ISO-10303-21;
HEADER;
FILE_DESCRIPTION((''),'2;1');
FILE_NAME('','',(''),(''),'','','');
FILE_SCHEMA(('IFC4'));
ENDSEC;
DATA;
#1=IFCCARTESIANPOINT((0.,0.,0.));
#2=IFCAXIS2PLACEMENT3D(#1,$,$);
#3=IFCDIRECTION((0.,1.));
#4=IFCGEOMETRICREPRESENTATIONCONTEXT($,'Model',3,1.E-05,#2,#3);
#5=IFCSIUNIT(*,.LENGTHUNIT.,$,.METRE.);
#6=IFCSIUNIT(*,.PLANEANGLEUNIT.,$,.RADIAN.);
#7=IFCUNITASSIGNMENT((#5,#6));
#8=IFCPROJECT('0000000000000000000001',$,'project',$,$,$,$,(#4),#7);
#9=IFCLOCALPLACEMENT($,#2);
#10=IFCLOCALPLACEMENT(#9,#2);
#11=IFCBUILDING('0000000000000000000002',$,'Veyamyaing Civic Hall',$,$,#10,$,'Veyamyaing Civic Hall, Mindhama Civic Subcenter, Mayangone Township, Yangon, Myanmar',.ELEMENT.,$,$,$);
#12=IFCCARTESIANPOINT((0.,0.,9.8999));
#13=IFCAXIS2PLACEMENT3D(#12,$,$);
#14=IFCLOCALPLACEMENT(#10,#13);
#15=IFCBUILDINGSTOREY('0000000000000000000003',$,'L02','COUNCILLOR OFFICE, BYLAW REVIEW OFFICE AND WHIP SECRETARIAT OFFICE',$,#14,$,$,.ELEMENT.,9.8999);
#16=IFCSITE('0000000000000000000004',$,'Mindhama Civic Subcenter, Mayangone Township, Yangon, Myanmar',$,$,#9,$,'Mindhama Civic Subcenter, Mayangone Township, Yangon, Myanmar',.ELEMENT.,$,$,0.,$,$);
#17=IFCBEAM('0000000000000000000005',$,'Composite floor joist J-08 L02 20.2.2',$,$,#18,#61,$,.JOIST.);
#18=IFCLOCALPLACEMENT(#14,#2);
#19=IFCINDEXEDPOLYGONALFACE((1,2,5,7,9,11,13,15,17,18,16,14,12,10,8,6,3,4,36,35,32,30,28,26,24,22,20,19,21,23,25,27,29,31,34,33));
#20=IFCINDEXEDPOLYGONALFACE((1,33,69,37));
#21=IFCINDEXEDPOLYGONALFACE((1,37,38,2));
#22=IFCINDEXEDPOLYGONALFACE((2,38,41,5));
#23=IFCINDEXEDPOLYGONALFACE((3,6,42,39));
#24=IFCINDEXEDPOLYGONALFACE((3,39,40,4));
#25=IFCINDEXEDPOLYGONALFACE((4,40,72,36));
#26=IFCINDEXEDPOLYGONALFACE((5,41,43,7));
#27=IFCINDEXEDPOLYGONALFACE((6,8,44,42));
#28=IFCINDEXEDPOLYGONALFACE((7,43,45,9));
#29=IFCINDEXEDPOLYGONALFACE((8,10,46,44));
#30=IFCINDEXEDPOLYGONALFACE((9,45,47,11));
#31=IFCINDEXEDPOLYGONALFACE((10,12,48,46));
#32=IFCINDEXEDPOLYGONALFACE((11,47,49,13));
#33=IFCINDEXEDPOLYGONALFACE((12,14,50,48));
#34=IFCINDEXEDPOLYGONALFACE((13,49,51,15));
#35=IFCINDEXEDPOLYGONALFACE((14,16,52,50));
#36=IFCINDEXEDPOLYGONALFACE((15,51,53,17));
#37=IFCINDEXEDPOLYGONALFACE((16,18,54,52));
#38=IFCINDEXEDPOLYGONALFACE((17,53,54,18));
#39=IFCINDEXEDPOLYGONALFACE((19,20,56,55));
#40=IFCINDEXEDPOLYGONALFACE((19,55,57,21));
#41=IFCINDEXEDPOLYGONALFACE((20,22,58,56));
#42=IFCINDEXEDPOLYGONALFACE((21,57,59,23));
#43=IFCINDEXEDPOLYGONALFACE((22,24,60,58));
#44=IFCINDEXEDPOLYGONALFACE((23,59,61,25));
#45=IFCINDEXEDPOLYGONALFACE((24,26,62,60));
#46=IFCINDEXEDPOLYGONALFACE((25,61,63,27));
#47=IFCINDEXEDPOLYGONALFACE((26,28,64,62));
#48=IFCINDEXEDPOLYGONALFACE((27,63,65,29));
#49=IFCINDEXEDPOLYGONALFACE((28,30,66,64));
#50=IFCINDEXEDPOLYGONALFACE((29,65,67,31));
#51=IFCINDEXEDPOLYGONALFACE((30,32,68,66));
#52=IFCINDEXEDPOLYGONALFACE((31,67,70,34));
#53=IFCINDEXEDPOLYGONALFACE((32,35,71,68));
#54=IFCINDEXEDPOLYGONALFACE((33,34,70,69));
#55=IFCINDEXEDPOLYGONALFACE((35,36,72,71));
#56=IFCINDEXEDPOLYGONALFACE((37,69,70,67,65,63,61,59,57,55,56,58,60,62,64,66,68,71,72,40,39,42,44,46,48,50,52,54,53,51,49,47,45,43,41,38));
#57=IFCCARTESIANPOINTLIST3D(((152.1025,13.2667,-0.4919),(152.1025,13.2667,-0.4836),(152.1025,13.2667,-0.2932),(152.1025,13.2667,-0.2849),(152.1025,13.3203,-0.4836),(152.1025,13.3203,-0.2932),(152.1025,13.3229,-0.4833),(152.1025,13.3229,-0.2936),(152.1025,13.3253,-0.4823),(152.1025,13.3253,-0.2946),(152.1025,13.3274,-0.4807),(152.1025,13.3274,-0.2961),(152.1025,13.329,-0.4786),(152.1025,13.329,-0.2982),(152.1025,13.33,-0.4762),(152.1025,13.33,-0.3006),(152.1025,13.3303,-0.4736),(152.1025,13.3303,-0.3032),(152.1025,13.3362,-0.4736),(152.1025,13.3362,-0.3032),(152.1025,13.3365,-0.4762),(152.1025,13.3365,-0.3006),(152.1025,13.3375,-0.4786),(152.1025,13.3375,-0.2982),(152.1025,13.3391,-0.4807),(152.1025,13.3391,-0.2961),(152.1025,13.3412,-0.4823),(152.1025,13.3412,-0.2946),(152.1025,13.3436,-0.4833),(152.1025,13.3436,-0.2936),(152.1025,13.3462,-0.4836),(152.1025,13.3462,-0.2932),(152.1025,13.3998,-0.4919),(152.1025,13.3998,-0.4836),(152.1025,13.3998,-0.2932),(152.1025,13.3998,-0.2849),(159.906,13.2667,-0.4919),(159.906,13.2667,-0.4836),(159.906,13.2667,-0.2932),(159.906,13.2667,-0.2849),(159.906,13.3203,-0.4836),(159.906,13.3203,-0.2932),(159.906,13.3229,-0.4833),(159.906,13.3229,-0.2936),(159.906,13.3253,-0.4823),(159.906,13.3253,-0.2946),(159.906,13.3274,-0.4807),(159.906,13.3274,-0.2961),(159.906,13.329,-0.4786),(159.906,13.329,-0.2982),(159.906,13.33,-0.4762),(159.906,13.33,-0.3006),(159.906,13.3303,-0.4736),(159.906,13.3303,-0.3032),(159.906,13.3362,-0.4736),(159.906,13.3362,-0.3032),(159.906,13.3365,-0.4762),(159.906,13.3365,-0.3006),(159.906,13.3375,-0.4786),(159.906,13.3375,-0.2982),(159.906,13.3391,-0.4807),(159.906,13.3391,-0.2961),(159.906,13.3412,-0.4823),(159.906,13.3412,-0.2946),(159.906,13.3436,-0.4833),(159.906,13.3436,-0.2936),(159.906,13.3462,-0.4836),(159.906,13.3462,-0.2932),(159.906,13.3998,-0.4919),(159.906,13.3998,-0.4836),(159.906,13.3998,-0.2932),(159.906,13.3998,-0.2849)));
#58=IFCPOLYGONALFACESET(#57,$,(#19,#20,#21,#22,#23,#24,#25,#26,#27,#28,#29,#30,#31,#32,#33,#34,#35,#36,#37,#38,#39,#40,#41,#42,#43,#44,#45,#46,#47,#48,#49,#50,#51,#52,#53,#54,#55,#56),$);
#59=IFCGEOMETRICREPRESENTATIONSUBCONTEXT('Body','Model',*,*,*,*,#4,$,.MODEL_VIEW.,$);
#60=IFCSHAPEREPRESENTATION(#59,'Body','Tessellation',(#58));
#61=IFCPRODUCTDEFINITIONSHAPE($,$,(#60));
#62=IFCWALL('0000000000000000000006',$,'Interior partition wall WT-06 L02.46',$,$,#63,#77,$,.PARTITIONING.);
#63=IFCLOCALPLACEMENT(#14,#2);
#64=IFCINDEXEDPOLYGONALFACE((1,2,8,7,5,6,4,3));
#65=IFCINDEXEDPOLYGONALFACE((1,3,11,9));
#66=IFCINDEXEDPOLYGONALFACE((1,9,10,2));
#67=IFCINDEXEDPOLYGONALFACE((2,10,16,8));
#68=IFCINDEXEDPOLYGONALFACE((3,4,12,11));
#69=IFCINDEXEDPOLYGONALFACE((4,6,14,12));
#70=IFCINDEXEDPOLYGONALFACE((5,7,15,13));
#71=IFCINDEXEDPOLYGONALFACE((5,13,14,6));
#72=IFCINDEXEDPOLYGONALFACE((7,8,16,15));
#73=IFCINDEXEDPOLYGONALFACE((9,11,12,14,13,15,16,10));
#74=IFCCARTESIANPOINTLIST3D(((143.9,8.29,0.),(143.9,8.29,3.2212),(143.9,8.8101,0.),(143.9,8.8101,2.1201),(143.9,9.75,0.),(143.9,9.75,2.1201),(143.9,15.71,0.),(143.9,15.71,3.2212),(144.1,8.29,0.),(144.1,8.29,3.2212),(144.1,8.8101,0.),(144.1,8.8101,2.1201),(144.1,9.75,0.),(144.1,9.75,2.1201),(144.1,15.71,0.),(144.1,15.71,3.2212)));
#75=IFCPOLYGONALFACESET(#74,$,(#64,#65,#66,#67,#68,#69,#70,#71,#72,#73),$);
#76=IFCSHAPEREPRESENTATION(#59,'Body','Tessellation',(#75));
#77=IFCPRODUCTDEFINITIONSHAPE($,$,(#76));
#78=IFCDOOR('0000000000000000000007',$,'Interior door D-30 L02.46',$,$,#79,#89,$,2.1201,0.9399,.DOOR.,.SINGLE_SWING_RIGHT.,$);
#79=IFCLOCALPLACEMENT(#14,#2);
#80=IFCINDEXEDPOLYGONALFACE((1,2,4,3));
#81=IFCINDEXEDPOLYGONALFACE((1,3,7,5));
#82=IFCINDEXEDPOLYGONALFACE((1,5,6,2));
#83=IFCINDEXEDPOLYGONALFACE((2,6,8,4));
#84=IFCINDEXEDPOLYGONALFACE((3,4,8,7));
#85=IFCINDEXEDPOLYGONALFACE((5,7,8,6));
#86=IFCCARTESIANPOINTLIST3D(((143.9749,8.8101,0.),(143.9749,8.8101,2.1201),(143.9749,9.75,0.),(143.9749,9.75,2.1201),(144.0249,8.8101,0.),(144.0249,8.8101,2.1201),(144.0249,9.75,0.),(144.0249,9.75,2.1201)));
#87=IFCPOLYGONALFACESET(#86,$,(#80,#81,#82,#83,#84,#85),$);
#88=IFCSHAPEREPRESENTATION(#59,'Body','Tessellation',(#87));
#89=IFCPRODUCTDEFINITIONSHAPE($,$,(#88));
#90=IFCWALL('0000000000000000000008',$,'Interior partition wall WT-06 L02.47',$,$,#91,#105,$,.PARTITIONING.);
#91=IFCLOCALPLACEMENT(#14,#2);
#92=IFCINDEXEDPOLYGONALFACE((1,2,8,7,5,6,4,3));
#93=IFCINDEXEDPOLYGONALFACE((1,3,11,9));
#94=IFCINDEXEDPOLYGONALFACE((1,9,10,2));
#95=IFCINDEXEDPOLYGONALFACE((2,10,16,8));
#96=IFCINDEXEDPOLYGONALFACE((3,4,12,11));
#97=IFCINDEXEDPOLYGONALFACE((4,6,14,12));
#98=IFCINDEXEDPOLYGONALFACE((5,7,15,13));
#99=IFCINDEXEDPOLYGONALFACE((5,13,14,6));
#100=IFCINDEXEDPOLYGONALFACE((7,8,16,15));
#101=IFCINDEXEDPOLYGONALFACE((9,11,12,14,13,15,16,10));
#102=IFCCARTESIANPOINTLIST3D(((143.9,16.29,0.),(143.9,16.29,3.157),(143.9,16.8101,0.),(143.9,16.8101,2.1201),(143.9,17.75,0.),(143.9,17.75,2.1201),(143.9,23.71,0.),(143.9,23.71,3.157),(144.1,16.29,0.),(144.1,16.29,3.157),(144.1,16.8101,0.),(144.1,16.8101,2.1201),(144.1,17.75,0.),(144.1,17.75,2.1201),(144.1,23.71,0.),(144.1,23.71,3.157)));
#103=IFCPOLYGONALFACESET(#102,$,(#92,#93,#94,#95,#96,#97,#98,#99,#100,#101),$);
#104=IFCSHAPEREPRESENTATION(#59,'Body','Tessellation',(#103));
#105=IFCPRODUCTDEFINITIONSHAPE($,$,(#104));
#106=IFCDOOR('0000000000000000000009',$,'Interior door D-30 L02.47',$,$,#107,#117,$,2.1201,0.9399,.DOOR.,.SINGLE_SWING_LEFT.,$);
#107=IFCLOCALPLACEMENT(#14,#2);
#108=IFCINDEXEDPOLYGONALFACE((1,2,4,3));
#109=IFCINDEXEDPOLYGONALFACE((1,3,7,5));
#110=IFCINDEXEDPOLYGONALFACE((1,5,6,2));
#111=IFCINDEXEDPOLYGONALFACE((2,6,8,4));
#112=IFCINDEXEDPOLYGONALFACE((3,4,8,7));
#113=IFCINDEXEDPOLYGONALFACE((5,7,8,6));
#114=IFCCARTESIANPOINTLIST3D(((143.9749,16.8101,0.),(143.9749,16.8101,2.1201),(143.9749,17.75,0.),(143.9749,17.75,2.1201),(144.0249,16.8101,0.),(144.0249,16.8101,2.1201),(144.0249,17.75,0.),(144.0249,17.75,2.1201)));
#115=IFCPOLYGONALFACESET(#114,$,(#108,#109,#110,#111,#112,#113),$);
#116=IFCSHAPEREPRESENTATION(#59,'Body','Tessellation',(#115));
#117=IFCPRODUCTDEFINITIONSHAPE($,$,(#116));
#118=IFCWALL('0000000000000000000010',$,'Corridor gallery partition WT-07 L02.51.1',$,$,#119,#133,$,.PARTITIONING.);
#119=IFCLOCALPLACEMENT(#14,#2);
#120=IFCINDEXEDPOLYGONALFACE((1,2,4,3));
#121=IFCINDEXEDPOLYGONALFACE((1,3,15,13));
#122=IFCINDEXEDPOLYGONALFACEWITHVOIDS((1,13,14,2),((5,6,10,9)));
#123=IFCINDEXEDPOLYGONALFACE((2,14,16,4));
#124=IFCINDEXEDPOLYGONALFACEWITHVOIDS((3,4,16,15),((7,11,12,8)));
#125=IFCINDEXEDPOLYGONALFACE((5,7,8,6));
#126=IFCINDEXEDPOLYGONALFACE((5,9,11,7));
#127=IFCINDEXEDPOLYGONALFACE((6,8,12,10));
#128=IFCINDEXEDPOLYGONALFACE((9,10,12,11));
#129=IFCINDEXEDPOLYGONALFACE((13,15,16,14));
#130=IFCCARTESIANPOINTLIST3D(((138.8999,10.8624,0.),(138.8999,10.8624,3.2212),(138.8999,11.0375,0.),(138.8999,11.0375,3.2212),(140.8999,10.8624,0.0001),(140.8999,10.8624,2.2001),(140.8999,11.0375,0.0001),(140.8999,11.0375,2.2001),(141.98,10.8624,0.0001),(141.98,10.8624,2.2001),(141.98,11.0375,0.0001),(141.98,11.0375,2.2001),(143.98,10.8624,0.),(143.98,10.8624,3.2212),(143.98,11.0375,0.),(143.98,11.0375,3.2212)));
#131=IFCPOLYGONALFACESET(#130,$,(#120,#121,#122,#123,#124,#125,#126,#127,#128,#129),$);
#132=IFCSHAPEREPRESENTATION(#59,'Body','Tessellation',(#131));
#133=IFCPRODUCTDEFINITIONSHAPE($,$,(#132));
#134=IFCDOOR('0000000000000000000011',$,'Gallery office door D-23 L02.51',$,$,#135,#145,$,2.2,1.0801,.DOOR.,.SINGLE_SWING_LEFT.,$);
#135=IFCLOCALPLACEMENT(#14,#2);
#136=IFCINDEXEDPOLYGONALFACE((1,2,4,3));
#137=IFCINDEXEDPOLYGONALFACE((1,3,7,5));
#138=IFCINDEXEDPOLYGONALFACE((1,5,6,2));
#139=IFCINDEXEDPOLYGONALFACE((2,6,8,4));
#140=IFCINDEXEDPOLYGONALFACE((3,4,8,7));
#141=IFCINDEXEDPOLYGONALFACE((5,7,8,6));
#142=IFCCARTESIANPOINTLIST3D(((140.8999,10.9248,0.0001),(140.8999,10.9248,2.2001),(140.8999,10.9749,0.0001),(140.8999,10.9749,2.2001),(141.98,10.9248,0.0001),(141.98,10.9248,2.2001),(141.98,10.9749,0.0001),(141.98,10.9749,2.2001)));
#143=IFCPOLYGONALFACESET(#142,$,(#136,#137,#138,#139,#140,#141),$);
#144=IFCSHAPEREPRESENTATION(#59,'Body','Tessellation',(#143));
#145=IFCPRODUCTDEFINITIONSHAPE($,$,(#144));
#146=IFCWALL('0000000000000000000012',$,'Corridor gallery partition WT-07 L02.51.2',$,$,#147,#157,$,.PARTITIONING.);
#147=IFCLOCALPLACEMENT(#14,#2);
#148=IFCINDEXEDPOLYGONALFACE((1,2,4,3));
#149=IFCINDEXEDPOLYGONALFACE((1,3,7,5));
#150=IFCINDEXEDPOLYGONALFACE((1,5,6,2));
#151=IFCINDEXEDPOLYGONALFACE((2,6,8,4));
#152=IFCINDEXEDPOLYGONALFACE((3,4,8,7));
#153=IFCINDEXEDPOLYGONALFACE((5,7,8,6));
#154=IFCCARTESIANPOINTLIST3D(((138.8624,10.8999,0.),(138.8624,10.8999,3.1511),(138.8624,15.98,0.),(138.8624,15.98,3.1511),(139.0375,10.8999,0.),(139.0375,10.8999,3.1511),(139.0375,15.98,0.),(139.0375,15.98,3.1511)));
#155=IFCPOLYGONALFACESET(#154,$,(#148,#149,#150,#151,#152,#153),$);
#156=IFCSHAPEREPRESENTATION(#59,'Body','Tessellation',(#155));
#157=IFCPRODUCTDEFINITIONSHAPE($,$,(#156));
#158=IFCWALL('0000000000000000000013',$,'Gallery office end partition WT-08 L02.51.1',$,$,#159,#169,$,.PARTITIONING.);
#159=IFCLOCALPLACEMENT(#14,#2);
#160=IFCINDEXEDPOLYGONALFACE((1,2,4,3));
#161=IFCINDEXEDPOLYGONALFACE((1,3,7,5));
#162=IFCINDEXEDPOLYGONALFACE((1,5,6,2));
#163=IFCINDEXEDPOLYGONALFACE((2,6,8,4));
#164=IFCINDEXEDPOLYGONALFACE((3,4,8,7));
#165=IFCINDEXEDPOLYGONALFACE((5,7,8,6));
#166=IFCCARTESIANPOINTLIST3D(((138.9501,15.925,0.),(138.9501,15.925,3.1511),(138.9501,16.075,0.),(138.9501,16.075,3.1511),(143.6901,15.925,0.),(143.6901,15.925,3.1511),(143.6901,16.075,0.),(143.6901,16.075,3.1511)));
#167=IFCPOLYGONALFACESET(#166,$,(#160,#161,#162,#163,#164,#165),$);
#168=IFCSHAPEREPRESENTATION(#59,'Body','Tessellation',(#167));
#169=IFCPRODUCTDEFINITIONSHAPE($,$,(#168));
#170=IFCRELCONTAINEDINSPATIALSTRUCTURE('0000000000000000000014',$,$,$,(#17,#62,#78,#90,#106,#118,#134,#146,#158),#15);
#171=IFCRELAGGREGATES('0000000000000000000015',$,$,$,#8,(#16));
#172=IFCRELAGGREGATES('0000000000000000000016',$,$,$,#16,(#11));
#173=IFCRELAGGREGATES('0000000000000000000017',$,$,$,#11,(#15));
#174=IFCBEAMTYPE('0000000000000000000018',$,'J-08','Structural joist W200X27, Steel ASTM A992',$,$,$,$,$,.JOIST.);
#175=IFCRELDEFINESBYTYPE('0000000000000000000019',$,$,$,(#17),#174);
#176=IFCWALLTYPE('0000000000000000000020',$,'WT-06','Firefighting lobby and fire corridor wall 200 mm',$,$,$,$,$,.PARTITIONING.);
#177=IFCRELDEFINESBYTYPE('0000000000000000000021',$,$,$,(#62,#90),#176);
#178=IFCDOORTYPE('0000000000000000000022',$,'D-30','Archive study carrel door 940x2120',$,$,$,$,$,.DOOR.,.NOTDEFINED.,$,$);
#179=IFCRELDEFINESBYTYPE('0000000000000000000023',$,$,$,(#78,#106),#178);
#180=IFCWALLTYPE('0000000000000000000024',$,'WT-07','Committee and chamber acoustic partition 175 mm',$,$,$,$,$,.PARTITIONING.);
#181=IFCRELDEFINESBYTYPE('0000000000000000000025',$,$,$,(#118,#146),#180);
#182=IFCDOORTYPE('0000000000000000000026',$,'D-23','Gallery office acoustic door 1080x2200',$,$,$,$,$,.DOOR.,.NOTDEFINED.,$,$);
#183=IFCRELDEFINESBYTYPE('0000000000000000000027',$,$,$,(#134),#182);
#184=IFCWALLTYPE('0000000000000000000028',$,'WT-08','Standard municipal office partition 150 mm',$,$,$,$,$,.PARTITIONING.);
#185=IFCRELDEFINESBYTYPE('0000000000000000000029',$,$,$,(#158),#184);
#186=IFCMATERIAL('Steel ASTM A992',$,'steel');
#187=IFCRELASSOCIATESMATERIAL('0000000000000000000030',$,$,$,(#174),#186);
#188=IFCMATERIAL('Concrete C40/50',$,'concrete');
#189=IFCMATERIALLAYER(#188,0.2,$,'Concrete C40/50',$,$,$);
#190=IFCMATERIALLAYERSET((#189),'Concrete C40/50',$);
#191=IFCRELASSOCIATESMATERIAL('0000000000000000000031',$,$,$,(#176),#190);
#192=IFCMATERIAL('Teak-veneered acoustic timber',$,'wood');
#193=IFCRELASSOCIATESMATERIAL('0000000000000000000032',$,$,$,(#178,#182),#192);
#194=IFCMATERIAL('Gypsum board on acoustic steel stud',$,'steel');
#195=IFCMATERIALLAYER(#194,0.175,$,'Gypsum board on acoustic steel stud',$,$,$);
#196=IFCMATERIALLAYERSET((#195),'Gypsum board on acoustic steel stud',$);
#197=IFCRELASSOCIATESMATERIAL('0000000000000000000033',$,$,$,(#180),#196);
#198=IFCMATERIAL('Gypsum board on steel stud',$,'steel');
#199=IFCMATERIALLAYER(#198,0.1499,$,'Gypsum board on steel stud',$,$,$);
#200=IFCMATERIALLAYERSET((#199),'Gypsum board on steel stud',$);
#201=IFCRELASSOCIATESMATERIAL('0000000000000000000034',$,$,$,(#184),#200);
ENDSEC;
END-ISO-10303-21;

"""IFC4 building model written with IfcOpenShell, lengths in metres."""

from ifc_helpers import new_model, si_unit, direction, frame, frame_2d, origin, origin_2d, place, context, subcontext, project, spatial, rectangle, i_section, extrude, material, layer, layer_set, material_profile, profile_set, type_object, element, fill, save


model = new_model("IFC4")

# Units and contexts
model_context = context("Model", 3, precision=1e-05, world=origin(), true_north=direction((0.0, 1.0)))
body_context = subcontext(model_context, "Body", "Model", "MODEL_VIEW")
ifc_project = project(units=[si_unit("LENGTHUNIT", "METRE"), si_unit("PLANEANGLEUNIT", "RADIAN")], contexts=[model_context])

# Site, building, storey
site_placement = place(None, origin())
site = spatial("IfcSite", under=ifc_project, at=site_placement, Name="Mindhama Civic Subcenter, Mayangone Township, Yangon, Myanmar", LongName="Mindhama Civic Subcenter, Mayangone Township, Yangon, Myanmar", CompositionType="ELEMENT", RefElevation=0.0)
building_placement = place(site_placement, origin())
building = spatial("IfcBuilding", under=site, at=building_placement, Name="Veyamyaing Civic Hall", LongName="Veyamyaing Civic Hall, Mindhama Civic Subcenter, Mayangone Township, Yangon, Myanmar", CompositionType="ELEMENT")
storey_placement = place(building_placement, frame((0.0, 0.0, 9.8999)))
storey = spatial("IfcBuildingStorey", under=building, at=storey_placement, Name="L02", Description="COUNCILLOR OFFICE, BYLAW REVIEW OFFICE AND WHIP SECRETARIAT OFFICE", CompositionType="ELEMENT", Elevation=9.8999)

# Beam
ifc_material_1 = material(Name="Steel ASTM A992", Category="steel")
ifc_material_profile_1 = material_profile(ifc_material_1, i_section(OverallWidth=0.1331, OverallDepth=0.207, WebThickness=0.0059, FlangeThickness=0.0083, FilletRadius=0.01, at=origin_2d()), Name="W200X27")
ifc_profile_set_1 = profile_set([ifc_material_profile_1], Name="Steel ASTM A992")
beam_type_1 = type_object("IfcBeamType", Name="J-08", Description="Structural joist W200X27, Steel ASTM A992", PredefinedType="JOIST", material=ifc_profile_set_1)
for number, where, z_axis, x_axis, name in (
    (1, (152.1025, 13.3333, -0.3884), (1.0, 0.0, 0.0), (0.0, 1.0, 0.0), "Composite floor joist J-08 L02 20.2.2"),
):
    element("IfcBeam", number, at=place(storey_placement, frame(where, z_axis=z_axis, x_axis=x_axis)), inside=storey, type_object=beam_type_1, Name=name, PredefinedType="JOIST", context=body_context, shape_type="SweptSolid", body=[
        extrude(i_section(OverallWidth=0.1331, OverallDepth=0.207, WebThickness=0.0059, FlangeThickness=0.0083, FilletRadius=0.01, at=origin_2d()), origin(), (0.0, 0.0, 1.0), 7.8035),
    ])

# Walls, openings, doors
ifc_material_2 = material(Name="Concrete C40/50", Category="concrete")
ifc_layer_1 = layer(ifc_material_2, 0.2, Name="Concrete C40/50")
ifc_layer_set_1 = layer_set([ifc_layer_1], Name="Concrete C40/50")
wall_type_1 = type_object("IfcWallType", Name="WT-06", Description="Firefighting lobby and fire corridor wall 200 mm", PredefinedType="PARTITIONING", material=ifc_layer_set_1)
wall_1_placement = place(storey_placement, frame((144.0, 8.29, 0.0), z_axis=(0.0, 0.0, 1.0), x_axis=(0.0, 1.0, 0.0)))
wall_1 = element("IfcWall", 2, at=wall_1_placement, inside=storey, type_object=wall_type_1, Name="Interior partition wall WT-06 L02.46", PredefinedType="PARTITIONING", context=body_context, shape_type="SweptSolid", body=[
    extrude(rectangle(XDim=7.4199, YDim=0.2, at=frame_2d((3.71, 0.0))), origin(), (0.0, 0.0, 1.0), 3.2212),
])
opening_1_placement = place(wall_1_placement, frame((0.52, 0.0, 0.0)))
opening_1 = element("IfcOpeningElement", 3, at=opening_1_placement, cuts=wall_1, PredefinedType="OPENING", context=body_context, shape_type="SweptSolid", body=[
    extrude(rectangle(XDim=0.9399, YDim=2.1201, at=frame_2d((0.47, 1.0601))), frame((0.0, 0.1099, 0.0), z_axis=(0.0, -1.0, 0.0), x_axis=(1.0, 0.0, 0.0)), (0.0, 0.0, 1.0), 0.22),
])
ifc_material_3 = material(Name="Teak-veneered acoustic timber", Category="wood")
door_type_1 = type_object("IfcDoorType", Name="D-30", Description="Archive study carrel door 940x2120", OperationType="NOTDEFINED", PredefinedType="DOOR", material=ifc_material_3)
door_1_placement = place(opening_1_placement, frame((0.9399, 0.0, 0.0), z_axis=(0.0, 0.0, 1.0), x_axis=(-1.0, 0.0, 0.0)))
door_1 = element("IfcDoor", 4, at=door_1_placement, inside=storey, type_object=door_type_1, Name="Interior door D-30 L02.46", OperationType="SINGLE_SWING_RIGHT", OverallHeight=2.1201, OverallWidth=0.9399, PredefinedType="DOOR", context=body_context, shape_type="SweptSolid", body=[
    extrude(rectangle(XDim=0.9399, YDim=2.1201, at=frame_2d((0.47, 1.0601))), frame((0.0, 0.0249, 0.0), z_axis=(0.0, -1.0, 0.0), x_axis=(1.0, 0.0, 0.0)), (0.0, 0.0, 1.0), 0.05),
])
fill(opening_1, door_1)
wall_2_placement = place(storey_placement, frame((144.0, 16.29, 0.0), z_axis=(0.0, 0.0, 1.0), x_axis=(0.0, 1.0, 0.0)))
wall_2 = element("IfcWall", 5, at=wall_2_placement, inside=storey, type_object=wall_type_1, Name="Interior partition wall WT-06 L02.47", PredefinedType="PARTITIONING", context=body_context, shape_type="SweptSolid", body=[
    extrude(rectangle(XDim=7.4199, YDim=0.2, at=frame_2d((3.71, 0.0))), origin(), (0.0, 0.0, 1.0), 3.157),
])
opening_2_placement = place(wall_2_placement, frame((0.52, 0.0, 0.0)))
opening_2 = element("IfcOpeningElement", 6, at=opening_2_placement, cuts=wall_2, PredefinedType="OPENING", context=body_context, shape_type="SweptSolid", body=[
    extrude(rectangle(XDim=0.9399, YDim=2.1201, at=frame_2d((0.47, 1.0601))), frame((0.0, 0.1099, 0.0), z_axis=(0.0, -1.0, 0.0), x_axis=(1.0, 0.0, 0.0)), (0.0, 0.0, 1.0), 0.22),
])
door_2_placement = place(opening_2_placement, frame((0.9399, 0.0, 0.0), z_axis=(0.0, 0.0, 1.0), x_axis=(-1.0, 0.0, 0.0)))
door_2 = element("IfcDoor", 7, at=door_2_placement, inside=storey, type_object=door_type_1, Name="Interior door D-30 L02.47", OperationType="SINGLE_SWING_LEFT", OverallHeight=2.1201, OverallWidth=0.9399, PredefinedType="DOOR", context=body_context, shape_type="SweptSolid", body=[
    extrude(rectangle(XDim=0.9399, YDim=2.1201, at=frame_2d((0.47, 1.0601))), frame((0.0, 0.0249, 0.0), z_axis=(0.0, -1.0, 0.0), x_axis=(1.0, 0.0, 0.0)), (0.0, 0.0, 1.0), 0.05),
])
fill(opening_2, door_2)
ifc_material_4 = material(Name="Gypsum board on acoustic steel stud", Category="steel")
ifc_layer_2 = layer(ifc_material_4, 0.175, Name="Gypsum board on acoustic steel stud")
ifc_layer_set_2 = layer_set([ifc_layer_2], Name="Gypsum board on acoustic steel stud")
wall_type_2 = type_object("IfcWallType", Name="WT-07", Description="Committee and chamber acoustic partition 175 mm", PredefinedType="PARTITIONING", material=ifc_layer_set_2)
wall_3_placement = place(storey_placement, frame((138.8999, 10.95, 0.0), z_axis=(0.0, 0.0, 1.0), x_axis=(1.0, 0.0, 0.0)))
wall_3 = element("IfcWall", 8, at=wall_3_placement, inside=storey, type_object=wall_type_2, Name="Corridor gallery partition WT-07 L02.51.1", PredefinedType="PARTITIONING", context=body_context, shape_type="SweptSolid", body=[
    extrude(rectangle(XDim=5.0801, YDim=0.175, at=frame_2d((2.54, 0.0))), origin(), (0.0, 0.0, 1.0), 3.2212),
])
opening_3_placement = place(wall_3_placement, frame((2.0, 0.0, 0.0)))
opening_3 = element("IfcOpeningElement", 9, at=opening_3_placement, cuts=wall_3, PredefinedType="OPENING", context=body_context, shape_type="SweptSolid", body=[
    extrude(rectangle(XDim=1.0801, YDim=2.2, at=frame_2d((0.54, 1.1001))), frame((0.0, 0.0974, 0.0), z_axis=(0.0, -1.0, 0.0), x_axis=(1.0, 0.0, 0.0)), (0.0, 0.0, 1.0), 0.1951),
])
door_type_2 = type_object("IfcDoorType", Name="D-23", Description="Gallery office acoustic door 1080x2200", OperationType="NOTDEFINED", PredefinedType="DOOR", material=ifc_material_3)
door_3_placement = place(opening_3_placement, origin())
door_3 = element("IfcDoor", 10, at=door_3_placement, inside=storey, type_object=door_type_2, Name="Gallery office door D-23 L02.51", OperationType="SINGLE_SWING_LEFT", OverallHeight=2.2, OverallWidth=1.0801, PredefinedType="DOOR", context=body_context, shape_type="SweptSolid", body=[
    extrude(rectangle(XDim=1.0801, YDim=2.2, at=frame_2d((0.54, 1.1001))), frame((0.0, 0.0249, 0.0), z_axis=(0.0, -1.0, 0.0), x_axis=(1.0, 0.0, 0.0)), (0.0, 0.0, 1.0), 0.05),
])
fill(opening_3, door_3)

# Walls
wall_4_placement = place(storey_placement, frame((138.95, 10.8999, 0.0), z_axis=(0.0, 0.0, 1.0), x_axis=(0.0, 1.0, 0.0)))
element("IfcWall", 11, at=wall_4_placement, inside=storey, type_object=wall_type_2, Name="Corridor gallery partition WT-07 L02.51.2", PredefinedType="PARTITIONING", context=body_context, shape_type="SweptSolid", body=[
    extrude(rectangle(XDim=5.0801, YDim=0.175, at=frame_2d((2.54, 0.0))), origin(), (0.0, 0.0, 1.0), 3.1511),
])
ifc_material_5 = material(Name="Gypsum board on steel stud", Category="steel")
ifc_layer_3 = layer(ifc_material_5, 0.1499, Name="Gypsum board on steel stud")
ifc_layer_set_3 = layer_set([ifc_layer_3], Name="Gypsum board on steel stud")
wall_type_3 = type_object("IfcWallType", Name="WT-08", Description="Standard municipal office partition 150 mm", PredefinedType="PARTITIONING", material=ifc_layer_set_3)
wall_5_placement = place(storey_placement, frame((138.95, 16.0, 0.0), z_axis=(0.0, 0.0, 1.0), x_axis=(1.0, 0.0, 0.0)))
element("IfcWall", 12, at=wall_5_placement, inside=storey, type_object=wall_type_3, Name="Gallery office end partition WT-08 L02.51.1", PredefinedType="PARTITIONING", context=body_context, shape_type="SweptSolid", body=[
    extrude(rectangle(XDim=4.74, YDim=0.1499, at=frame_2d((2.3701, 0.0))), origin(), (0.0, 0.0, 1.0), 3.1511),
])

save(model, "model.ifc")
